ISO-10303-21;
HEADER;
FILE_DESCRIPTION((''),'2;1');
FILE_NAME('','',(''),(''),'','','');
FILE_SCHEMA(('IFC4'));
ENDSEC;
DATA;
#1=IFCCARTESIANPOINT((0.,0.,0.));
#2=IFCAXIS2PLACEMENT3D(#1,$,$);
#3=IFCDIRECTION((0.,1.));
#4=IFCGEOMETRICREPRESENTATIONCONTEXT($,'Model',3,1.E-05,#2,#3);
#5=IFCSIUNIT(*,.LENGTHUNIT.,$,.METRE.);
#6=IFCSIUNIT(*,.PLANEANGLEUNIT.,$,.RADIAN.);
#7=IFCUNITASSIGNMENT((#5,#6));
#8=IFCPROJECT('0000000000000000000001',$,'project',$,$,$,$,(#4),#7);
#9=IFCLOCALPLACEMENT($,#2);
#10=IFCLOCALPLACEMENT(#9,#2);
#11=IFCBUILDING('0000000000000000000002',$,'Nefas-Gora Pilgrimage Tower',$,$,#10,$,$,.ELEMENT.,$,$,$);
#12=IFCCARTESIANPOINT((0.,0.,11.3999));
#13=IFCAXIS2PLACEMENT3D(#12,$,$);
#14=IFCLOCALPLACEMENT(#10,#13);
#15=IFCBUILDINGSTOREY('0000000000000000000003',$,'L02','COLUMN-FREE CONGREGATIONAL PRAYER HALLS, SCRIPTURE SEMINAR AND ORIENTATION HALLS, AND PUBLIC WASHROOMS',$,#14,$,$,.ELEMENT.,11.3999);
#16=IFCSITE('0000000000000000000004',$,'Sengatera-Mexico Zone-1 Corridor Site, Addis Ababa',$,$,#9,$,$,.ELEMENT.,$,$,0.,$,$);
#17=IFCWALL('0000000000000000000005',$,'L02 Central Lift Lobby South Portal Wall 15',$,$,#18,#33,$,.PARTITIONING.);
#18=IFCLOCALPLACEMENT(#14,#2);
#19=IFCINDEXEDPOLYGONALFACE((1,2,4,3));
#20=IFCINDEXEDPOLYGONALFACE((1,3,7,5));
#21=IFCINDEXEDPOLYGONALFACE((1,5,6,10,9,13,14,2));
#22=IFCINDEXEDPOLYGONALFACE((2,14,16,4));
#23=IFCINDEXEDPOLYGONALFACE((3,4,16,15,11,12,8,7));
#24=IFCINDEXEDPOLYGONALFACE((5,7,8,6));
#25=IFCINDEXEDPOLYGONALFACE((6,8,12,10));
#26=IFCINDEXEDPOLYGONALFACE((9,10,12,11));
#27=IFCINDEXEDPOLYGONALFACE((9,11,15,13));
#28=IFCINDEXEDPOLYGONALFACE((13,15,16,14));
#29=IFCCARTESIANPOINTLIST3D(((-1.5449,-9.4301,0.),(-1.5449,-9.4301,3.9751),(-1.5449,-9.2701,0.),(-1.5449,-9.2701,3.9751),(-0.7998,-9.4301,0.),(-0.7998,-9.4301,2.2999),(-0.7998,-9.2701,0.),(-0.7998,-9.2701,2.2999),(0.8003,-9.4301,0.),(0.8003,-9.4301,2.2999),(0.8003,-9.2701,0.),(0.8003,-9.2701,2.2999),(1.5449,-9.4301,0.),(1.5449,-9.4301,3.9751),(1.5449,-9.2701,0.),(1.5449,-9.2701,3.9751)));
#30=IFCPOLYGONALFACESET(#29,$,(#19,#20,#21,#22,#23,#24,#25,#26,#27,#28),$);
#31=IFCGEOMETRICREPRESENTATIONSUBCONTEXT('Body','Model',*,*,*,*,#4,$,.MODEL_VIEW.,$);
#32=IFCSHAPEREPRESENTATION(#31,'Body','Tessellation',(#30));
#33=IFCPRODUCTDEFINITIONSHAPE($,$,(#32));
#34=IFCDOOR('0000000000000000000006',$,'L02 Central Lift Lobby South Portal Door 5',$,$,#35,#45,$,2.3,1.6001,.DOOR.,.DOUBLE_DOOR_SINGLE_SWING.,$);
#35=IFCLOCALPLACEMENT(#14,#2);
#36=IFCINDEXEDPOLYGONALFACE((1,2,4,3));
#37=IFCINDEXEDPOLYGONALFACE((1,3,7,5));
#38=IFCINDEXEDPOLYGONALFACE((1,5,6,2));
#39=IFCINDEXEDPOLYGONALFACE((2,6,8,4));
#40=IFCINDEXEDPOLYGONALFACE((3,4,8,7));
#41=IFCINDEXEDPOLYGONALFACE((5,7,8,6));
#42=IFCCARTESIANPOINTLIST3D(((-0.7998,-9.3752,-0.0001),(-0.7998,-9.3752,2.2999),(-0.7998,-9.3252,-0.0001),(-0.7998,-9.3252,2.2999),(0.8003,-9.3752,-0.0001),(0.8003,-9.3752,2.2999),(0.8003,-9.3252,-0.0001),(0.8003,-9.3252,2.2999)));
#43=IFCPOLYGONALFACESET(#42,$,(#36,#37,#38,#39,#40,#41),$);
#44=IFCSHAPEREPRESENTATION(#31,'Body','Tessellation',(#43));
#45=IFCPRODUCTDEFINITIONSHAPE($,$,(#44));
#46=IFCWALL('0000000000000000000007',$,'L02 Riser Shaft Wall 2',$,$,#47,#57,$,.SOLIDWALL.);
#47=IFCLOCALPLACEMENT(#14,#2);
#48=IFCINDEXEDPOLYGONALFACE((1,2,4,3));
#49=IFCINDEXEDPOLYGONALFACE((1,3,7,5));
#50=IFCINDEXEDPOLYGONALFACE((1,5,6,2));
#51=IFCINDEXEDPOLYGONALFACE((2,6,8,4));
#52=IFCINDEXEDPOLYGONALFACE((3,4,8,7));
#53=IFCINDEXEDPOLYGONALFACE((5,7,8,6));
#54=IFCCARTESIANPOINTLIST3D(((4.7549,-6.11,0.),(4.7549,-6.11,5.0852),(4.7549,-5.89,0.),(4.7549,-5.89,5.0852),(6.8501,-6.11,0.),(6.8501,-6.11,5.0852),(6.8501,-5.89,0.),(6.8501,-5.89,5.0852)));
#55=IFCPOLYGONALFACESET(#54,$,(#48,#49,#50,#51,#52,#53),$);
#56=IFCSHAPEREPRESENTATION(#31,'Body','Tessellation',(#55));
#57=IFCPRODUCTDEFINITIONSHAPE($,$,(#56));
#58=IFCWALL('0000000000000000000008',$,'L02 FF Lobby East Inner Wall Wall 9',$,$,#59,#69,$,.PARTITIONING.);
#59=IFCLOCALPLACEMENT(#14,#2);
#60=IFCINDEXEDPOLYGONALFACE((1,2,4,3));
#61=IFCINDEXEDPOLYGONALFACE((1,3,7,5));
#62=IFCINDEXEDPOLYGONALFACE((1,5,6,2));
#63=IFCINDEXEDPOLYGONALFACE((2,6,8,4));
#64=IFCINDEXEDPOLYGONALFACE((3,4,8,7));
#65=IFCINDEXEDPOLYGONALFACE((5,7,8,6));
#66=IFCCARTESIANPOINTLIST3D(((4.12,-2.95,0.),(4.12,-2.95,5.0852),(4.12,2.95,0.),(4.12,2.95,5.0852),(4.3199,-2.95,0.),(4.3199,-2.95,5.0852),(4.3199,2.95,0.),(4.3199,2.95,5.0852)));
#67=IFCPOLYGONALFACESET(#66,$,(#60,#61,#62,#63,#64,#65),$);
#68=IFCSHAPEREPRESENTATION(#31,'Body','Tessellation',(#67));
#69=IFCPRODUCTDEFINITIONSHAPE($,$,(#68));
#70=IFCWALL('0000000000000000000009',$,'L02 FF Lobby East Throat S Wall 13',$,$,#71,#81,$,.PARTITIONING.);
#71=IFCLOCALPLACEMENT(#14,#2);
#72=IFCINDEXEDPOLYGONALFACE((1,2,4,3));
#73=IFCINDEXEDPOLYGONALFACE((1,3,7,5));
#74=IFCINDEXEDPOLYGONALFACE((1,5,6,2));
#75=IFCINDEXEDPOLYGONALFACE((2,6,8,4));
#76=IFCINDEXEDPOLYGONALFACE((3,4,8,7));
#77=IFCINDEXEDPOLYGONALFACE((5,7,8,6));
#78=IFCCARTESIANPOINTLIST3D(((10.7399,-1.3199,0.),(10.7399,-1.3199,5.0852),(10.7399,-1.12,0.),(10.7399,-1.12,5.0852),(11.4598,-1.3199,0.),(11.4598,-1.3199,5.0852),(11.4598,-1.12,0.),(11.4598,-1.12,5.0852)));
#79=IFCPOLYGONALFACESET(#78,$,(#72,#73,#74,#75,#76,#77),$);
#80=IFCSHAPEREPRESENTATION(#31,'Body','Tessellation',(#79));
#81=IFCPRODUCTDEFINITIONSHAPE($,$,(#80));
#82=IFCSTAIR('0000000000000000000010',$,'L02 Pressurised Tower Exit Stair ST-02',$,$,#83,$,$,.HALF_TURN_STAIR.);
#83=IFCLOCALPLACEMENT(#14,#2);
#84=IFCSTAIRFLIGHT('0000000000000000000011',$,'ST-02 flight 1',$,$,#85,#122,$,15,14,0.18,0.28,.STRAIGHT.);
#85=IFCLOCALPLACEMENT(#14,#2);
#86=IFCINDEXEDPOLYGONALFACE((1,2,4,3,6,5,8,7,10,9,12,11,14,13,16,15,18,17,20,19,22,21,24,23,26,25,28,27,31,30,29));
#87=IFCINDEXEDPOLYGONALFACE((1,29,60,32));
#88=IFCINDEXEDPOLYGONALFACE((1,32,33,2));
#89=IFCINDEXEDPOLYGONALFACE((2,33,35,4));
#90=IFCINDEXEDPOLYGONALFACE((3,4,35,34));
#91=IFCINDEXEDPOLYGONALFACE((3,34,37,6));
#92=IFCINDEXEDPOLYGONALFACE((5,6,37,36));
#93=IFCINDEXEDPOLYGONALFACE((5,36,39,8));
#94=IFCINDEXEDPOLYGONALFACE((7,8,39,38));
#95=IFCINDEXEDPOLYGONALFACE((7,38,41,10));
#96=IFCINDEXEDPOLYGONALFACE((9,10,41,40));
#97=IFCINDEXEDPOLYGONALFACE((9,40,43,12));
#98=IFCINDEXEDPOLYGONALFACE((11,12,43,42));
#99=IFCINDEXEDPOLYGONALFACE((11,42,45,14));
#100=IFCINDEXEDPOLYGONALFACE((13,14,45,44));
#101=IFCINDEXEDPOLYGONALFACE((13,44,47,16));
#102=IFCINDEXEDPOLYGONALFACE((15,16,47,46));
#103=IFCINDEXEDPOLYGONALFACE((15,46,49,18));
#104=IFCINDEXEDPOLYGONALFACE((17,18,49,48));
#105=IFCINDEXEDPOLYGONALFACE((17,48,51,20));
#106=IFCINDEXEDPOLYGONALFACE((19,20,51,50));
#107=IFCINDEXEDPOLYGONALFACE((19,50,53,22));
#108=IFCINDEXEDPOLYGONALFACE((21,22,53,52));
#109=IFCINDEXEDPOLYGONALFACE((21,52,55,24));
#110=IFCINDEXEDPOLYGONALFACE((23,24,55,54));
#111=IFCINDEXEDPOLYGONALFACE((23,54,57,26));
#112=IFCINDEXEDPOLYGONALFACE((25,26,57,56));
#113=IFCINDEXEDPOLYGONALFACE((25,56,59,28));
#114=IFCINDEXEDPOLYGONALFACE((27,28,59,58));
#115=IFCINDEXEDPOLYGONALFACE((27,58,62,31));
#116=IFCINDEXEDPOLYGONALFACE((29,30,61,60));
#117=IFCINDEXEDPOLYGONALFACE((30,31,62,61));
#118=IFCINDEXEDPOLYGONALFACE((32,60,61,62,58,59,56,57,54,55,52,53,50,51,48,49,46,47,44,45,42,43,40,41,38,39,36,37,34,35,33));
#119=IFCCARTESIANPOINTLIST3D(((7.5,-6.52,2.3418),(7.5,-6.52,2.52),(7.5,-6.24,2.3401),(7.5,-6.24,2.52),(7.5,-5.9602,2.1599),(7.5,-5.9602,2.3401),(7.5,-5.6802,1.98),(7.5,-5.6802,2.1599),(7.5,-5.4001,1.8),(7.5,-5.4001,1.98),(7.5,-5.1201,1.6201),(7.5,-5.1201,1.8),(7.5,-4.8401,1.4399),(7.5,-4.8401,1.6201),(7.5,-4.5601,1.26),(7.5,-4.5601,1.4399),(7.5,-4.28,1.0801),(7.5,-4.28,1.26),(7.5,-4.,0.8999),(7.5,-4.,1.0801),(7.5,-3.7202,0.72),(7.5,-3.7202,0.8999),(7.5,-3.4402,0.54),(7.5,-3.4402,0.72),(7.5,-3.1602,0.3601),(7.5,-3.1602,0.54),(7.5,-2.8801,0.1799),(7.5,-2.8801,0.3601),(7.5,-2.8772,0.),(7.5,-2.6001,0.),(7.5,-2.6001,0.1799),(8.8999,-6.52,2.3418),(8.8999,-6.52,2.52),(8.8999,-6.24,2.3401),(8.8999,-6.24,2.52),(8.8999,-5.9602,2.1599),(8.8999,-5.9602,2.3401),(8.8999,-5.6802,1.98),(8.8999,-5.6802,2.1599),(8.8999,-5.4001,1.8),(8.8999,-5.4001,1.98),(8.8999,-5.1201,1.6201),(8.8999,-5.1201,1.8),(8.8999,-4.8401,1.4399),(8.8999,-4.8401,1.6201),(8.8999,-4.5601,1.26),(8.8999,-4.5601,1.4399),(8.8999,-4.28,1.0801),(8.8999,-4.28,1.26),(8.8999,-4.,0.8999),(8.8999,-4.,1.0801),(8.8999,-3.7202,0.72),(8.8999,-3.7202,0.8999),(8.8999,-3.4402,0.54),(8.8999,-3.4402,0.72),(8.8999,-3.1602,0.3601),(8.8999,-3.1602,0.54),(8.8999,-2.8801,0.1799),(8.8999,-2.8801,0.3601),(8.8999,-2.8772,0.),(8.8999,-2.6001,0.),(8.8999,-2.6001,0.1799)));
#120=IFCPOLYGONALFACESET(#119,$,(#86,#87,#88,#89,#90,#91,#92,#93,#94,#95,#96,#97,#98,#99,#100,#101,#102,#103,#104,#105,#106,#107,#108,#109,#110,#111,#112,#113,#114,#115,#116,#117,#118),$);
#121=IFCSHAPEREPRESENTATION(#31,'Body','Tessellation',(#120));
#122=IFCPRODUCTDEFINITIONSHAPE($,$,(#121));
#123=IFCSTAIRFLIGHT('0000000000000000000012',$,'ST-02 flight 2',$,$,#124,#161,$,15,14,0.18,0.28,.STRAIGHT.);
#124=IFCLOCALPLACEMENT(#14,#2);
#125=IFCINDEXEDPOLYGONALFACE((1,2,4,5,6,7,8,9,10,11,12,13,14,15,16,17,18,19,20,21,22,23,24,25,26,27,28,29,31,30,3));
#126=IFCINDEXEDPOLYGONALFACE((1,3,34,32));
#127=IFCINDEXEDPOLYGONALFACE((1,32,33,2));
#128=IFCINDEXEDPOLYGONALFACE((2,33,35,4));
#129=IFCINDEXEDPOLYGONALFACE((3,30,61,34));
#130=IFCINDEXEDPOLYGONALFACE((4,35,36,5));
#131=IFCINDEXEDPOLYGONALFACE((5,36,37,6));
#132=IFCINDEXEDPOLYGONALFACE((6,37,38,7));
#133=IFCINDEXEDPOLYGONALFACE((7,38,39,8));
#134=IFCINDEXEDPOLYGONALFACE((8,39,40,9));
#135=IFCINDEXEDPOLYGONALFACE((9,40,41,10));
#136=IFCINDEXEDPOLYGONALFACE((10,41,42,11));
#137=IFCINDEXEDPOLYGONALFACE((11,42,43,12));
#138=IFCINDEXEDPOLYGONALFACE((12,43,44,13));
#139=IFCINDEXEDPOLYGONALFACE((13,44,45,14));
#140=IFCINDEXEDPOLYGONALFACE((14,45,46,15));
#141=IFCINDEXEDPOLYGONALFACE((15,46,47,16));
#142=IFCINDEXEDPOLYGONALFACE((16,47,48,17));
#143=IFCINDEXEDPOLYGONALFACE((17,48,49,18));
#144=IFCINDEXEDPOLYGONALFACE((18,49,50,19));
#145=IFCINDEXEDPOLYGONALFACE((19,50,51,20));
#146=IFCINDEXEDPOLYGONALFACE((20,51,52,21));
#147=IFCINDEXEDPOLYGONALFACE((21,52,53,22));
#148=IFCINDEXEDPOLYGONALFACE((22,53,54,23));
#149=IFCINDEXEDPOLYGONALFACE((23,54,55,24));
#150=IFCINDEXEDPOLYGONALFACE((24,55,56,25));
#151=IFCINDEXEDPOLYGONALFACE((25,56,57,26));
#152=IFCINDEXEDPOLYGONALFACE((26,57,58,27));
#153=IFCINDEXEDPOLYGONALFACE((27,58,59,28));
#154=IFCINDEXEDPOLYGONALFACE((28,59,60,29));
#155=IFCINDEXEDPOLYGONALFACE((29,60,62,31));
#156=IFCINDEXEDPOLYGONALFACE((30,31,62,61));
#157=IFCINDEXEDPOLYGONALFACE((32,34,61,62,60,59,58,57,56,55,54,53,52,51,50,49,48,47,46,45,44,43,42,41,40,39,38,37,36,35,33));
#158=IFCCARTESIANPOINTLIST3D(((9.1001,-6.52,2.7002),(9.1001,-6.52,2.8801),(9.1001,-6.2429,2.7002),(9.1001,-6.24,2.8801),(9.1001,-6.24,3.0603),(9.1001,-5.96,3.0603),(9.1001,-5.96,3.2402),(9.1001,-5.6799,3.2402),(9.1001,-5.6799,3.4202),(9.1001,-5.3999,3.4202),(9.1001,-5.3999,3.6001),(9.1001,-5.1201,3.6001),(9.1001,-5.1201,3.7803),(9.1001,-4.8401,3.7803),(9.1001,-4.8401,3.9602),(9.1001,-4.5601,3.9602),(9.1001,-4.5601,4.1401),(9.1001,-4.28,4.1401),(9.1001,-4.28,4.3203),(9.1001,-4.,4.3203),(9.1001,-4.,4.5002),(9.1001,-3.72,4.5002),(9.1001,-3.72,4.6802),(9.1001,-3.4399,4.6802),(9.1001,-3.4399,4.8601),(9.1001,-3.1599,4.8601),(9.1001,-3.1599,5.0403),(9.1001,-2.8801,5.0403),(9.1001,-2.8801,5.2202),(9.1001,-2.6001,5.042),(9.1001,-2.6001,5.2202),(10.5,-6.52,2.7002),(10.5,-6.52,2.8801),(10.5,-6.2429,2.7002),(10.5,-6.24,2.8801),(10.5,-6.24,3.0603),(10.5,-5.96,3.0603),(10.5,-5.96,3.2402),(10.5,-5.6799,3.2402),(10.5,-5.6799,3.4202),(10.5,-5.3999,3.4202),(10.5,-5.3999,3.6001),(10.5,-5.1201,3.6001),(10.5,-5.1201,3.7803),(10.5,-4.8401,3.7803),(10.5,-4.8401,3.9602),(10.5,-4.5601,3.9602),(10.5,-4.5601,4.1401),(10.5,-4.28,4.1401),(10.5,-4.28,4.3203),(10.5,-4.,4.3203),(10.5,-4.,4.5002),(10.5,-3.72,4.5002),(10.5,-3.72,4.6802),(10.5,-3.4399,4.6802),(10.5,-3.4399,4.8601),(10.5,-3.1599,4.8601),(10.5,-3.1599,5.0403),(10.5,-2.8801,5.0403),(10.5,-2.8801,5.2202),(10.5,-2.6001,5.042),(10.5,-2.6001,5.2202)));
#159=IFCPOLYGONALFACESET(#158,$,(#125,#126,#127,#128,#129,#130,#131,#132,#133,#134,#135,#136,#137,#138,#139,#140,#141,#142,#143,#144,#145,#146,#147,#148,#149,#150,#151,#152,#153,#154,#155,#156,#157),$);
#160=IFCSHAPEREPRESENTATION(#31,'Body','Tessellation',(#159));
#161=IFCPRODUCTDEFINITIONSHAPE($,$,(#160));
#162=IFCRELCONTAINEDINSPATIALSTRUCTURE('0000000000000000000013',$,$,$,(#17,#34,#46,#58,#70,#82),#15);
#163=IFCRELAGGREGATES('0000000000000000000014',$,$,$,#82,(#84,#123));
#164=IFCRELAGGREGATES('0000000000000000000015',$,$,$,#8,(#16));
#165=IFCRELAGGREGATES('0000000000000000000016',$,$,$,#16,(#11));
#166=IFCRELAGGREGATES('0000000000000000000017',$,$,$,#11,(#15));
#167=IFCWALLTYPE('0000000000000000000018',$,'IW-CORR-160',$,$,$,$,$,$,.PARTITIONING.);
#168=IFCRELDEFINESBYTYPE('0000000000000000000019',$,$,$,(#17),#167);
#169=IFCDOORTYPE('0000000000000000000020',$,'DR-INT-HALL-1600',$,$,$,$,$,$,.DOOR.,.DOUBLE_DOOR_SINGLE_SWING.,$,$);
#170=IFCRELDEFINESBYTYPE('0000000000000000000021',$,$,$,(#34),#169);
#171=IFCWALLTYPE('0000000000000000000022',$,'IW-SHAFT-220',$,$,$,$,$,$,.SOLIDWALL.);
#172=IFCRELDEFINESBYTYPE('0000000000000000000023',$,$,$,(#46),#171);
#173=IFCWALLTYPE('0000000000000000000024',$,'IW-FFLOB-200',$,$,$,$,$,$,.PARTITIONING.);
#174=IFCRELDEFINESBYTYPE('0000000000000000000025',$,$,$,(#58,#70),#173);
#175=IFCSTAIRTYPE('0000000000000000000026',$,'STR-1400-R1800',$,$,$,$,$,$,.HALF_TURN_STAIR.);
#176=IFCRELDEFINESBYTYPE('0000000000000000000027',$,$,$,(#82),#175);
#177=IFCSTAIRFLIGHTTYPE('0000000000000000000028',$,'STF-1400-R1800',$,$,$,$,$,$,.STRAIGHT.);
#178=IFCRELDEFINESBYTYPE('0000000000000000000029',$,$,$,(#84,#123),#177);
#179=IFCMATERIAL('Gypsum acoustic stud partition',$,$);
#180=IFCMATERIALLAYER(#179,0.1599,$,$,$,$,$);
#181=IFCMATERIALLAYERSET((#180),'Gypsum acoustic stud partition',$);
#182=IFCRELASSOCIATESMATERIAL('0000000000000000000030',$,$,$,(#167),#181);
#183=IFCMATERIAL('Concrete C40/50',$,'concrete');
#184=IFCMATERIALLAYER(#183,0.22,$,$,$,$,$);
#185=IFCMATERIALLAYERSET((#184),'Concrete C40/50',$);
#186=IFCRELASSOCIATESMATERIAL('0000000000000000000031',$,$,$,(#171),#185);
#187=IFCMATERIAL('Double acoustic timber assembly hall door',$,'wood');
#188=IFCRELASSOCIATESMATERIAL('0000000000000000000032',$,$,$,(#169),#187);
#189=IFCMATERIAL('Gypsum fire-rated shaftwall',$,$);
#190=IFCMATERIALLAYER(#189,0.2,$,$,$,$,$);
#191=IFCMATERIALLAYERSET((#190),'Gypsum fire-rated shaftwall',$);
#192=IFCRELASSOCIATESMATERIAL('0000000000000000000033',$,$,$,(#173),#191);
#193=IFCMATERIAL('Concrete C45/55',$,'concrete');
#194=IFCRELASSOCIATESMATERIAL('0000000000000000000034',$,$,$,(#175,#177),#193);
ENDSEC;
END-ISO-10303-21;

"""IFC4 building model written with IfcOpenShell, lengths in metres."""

from ifc_helpers import new_model, si_unit, direction, frame, frame_2d, origin, place, context, subcontext, project, spatial, polyline, rectangle, outline, extrude, source, transform, mapped, material, layer, layer_set, type_object, element, fill, aggregate, save


model = new_model("IFC4")

# Units and contexts
model_context = context("Model", 3, precision=1e-05, world=origin(), true_north=direction((0.0, 1.0)))
body_context = subcontext(model_context, "Body", "Model", "MODEL_VIEW")
ifc_project = project(units=[si_unit("LENGTHUNIT", "METRE"), si_unit("PLANEANGLEUNIT", "RADIAN")], contexts=[model_context])

# Site, building, storey
site_placement = place(None, origin())
site = spatial("IfcSite", under=ifc_project, at=site_placement, Name="Sengatera-Mexico Zone-1 Corridor Site, Addis Ababa", CompositionType="ELEMENT", RefElevation=0.0)
building_placement = place(site_placement, origin())
building = spatial("IfcBuilding", under=site, at=building_placement, Name="Nefas-Gora Pilgrimage Tower", CompositionType="ELEMENT")
storey_placement = place(building_placement, frame((0.0, 0.0, 11.3999)))
storey = spatial("IfcBuildingStorey", under=building, at=storey_placement, Name="L02", Description="COLUMN-FREE CONGREGATIONAL PRAYER HALLS, SCRIPTURE SEMINAR AND ORIENTATION HALLS, AND PUBLIC WASHROOMS", CompositionType="ELEMENT", Elevation=11.3999)

# Shared definitions
ifc_material_1 = material(Name="Concrete C45/55", Category="concrete")

# Shared definitions
ifc_material_2 = material(Name="Gypsum acoustic stud partition")
ifc_layer_1 = layer(ifc_material_2, 0.1599)
ifc_layer_set_1 = layer_set([ifc_layer_1], Name="Gypsum acoustic stud partition")
wall_type_1 = type_object("IfcWallType", Name="IW-CORR-160", PredefinedType="PARTITIONING", material=ifc_layer_set_1)

# Shared definitions
ifc_material_3 = material(Name="Concrete C40/50", Category="concrete")
ifc_layer_2 = layer(ifc_material_3, 0.22)
ifc_layer_set_2 = layer_set([ifc_layer_2], Name="Concrete C40/50")
wall_type_2 = type_object("IfcWallType", Name="IW-SHAFT-220", PredefinedType="SOLIDWALL", material=ifc_layer_set_2)

# Wall, opening, door
shared_shape_1 = source(origin(), body_context, "Body", "SweptSolid", [
    extrude(rectangle(XDim=3.0898, YDim=0.1599, at=frame_2d((1.5449, 0.0))), origin(), (0.0, 0.0, 1.0), 3.9751),
])
wall_1_placement = place(storey_placement, frame((-1.5449, -9.3501, 0.0), z_axis=(0.0, 0.0, 1.0), x_axis=(1.0, 0.0, 0.0)))
wall_1 = element("IfcWall", 1, at=wall_1_placement, inside=storey, type_object=wall_type_1, Name="L02 Central Lift Lobby South Portal Wall 15", PredefinedType="PARTITIONING", context=body_context, shape_type="MappedRepresentation", body=[
    mapped(shared_shape_1, transform((0.0, 0.0, 0.0), x_axis=(1.0, 0.0, 0.0), y_axis=(0.0, 1.0, 0.0), z_axis=(0.0, 0.0, 1.0), scale=1.0)),
])
opening_1_placement = place(wall_1_placement, frame((0.7451, 0.0, 0.0)))
opening_1 = element("IfcOpeningElement", 2, at=opening_1_placement, cuts=wall_1, PredefinedType="OPENING", context=body_context, shape_type="SweptSolid", body=[
    extrude(rectangle(XDim=1.6001, YDim=2.3, at=frame_2d((0.8, 1.1499))), frame((0.0, 0.0898, 0.0), z_axis=(0.0, -1.0, 0.0), x_axis=(1.0, 0.0, 0.0)), (0.0, 0.0, 1.0), 0.1799),
])
ifc_material_4 = material(Name="Double acoustic timber assembly hall door", Category="wood")
door_type_1 = type_object("IfcDoorType", Name="DR-INT-HALL-1600", OperationType="DOUBLE_DOOR_SINGLE_SWING", PredefinedType="DOOR", material=ifc_material_4)
shared_shape_2 = source(origin(), body_context, "Body", "SweptSolid", [
    extrude(rectangle(XDim=1.6001, YDim=2.3, at=frame_2d((0.8, 1.1499))), frame((0.0, 0.0249, 0.0), z_axis=(0.0, -1.0, 0.0), x_axis=(1.0, 0.0, 0.0)), (0.0, 0.0, 1.0), 0.05),
])
door_1_placement = place(opening_1_placement, origin())
door_1 = element("IfcDoor", 3, at=door_1_placement, inside=storey, type_object=door_type_1, Name="L02 Central Lift Lobby South Portal Door 5", OperationType="DOUBLE_DOOR_SINGLE_SWING", OverallHeight=2.3, OverallWidth=1.6001, PredefinedType="DOOR", context=body_context, shape_type="MappedRepresentation", body=[
    mapped(shared_shape_2, transform((0.0, 0.0, 0.0), x_axis=(1.0, 0.0, 0.0), y_axis=(0.0, 1.0, 0.0), z_axis=(0.0, 0.0, 1.0), scale=1.0)),
])
fill(opening_1, door_1)

# Walls
shared_shape_3 = source(origin(), body_context, "Body", "SweptSolid", [
    extrude(rectangle(XDim=2.0952, YDim=0.22, at=frame_2d((1.0476, 0.0))), origin(), (0.0, 0.0, 1.0), 5.0852),
])
wall_2_placement = place(storey_placement, frame((4.7549, -6.0, 0.0), z_axis=(0.0, 0.0, 1.0), x_axis=(1.0, 0.0, 0.0)))
element("IfcWall", 4, at=wall_2_placement, inside=storey, type_object=wall_type_2, Name="L02 Riser Shaft Wall 2", PredefinedType="SOLIDWALL", context=body_context, shape_type="MappedRepresentation", body=[
    mapped(shared_shape_3, transform((0.0, 0.0, 0.0), x_axis=(1.0, 0.0, 0.0), y_axis=(0.0, 1.0, 0.0), z_axis=(0.0, 0.0, 1.0), scale=1.0)),
])
ifc_material_5 = material(Name="Gypsum fire-rated shaftwall")
ifc_layer_3 = layer(ifc_material_5, 0.2)
ifc_layer_set_3 = layer_set([ifc_layer_3], Name="Gypsum fire-rated shaftwall")
wall_type_3 = type_object("IfcWallType", Name="IW-FFLOB-200", PredefinedType="PARTITIONING", material=ifc_layer_set_3)
shared_shape_4 = source(origin(), body_context, "Body", "SweptSolid", [
    extrude(rectangle(XDim=5.8999, YDim=0.2, at=frame_2d((2.95, 0.0))), origin(), (0.0, 0.0, 1.0), 5.0852),
])
wall_3_placement = place(storey_placement, frame((4.22, -2.95, 0.0), z_axis=(0.0, 0.0, 1.0), x_axis=(0.0, 1.0, 0.0)))
element("IfcWall", 5, at=wall_3_placement, inside=storey, type_object=wall_type_3, Name="L02 FF Lobby East Inner Wall Wall 9", PredefinedType="PARTITIONING", context=body_context, shape_type="MappedRepresentation", body=[
    mapped(shared_shape_4, transform((0.0, 0.0, 0.0), x_axis=(1.0, 0.0, 0.0), y_axis=(0.0, 1.0, 0.0), z_axis=(0.0, 0.0, 1.0), scale=1.0)),
])
shared_shape_5 = source(origin(), body_context, "Body", "SweptSolid", [
    extrude(rectangle(XDim=0.72, YDim=0.2, at=frame_2d((0.3599, 0.0))), origin(), (0.0, 0.0, 1.0), 5.0852),
])
wall_4_placement = place(storey_placement, frame((10.74, -1.22, 0.0), z_axis=(0.0, 0.0, 1.0), x_axis=(1.0, 0.0, 0.0)))
element("IfcWall", 6, at=wall_4_placement, inside=storey, type_object=wall_type_3, Name="L02 FF Lobby East Throat S Wall 13", PredefinedType="PARTITIONING", context=body_context, shape_type="MappedRepresentation", body=[
    mapped(shared_shape_5, transform((0.0, 0.0, 0.0), x_axis=(1.0, 0.0, 0.0), y_axis=(0.0, 1.0, 0.0), z_axis=(0.0, 0.0, 1.0), scale=1.0)),
])

# Stair, stair flights
stair_type = type_object("IfcStairType", Name="STR-1400-R1800", PredefinedType="HALF_TURN_STAIR", material=ifc_material_1)
stair_placement = place(storey_placement, origin())
stair = element("IfcStair", 7, at=stair_placement, inside=storey, type_object=stair_type, Name="L02 Pressurised Tower Exit Stair ST-02", PredefinedType="HALF_TURN_STAIR")
stair_flight_type = type_object("IfcStairFlightType", Name="STF-1400-R1800", PredefinedType="STRAIGHT", material=ifc_material_1)
shared_shape_6 = source(origin(), body_context, "Body", "SweptSolid", [
    extrude(outline(polyline([(0.0, 0.0), (0.0, 0.1799), (0.28, 0.1799), (0.28, 0.3601), (0.5601, 0.3601), (0.5601, 0.54), (0.8401, 0.54), (0.8401, 0.72), (1.1201, 0.72), (1.1201, 0.8999), (1.3999, 0.8999), (1.3999, 1.0801), (1.6799, 1.0801), (1.6799, 1.26), (1.96, 1.26), (1.96, 1.4399), (2.24, 1.4399), (2.24, 1.6201), (2.52, 1.6201), (2.52, 1.8), (2.8, 1.8), (2.8, 1.98), (3.0801, 1.98), (3.0801, 2.1599), (3.3601, 2.1599), (3.3601, 2.3401), (3.6399, 2.3401), (3.6399, 2.52), (3.9199, 2.52), (3.9199, 2.7), (3.9199, 2.3418), (0.2771, 0.0), (0.0, 0.0)])), frame((0.0, 0.7, 0.0), z_axis=(0.0, -1.0, 0.0), x_axis=(1.0, 0.0, 0.0)), (0.0, 0.0, 1.0), 1.3999),
])
stair_flight_1_placement = place(storey_placement, frame((8.2, -2.6001, 0.0), z_axis=(0.0, 0.0, 1.0), x_axis=(0.0, -1.0, 0.0)))
stair_flight_1 = element("IfcStairFlight", 8, at=stair_flight_1_placement, type_object=stair_flight_type, Name="ST-02 flight 1", NumberOfRisers=15, NumberOfTreads=14, PredefinedType="STRAIGHT", RiserHeight=0.18, TreadLength=0.28, context=body_context, shape_type="MappedRepresentation", body=[
    mapped(shared_shape_6, transform((0.0, 0.0, 0.0), x_axis=(1.0, 0.0, 0.0), y_axis=(0.0, 1.0, 0.0), z_axis=(0.0, 0.0, 1.0), scale=1.0)),
])
stair_flight_2_placement = place(storey_placement, frame((9.8, -6.52, 2.7002), z_axis=(0.0, 0.0, 1.0), x_axis=(0.0, 1.0, 0.0)))
stair_flight_2 = element("IfcStairFlight", 9, at=stair_flight_2_placement, type_object=stair_flight_type, Name="ST-02 flight 2", NumberOfRisers=15, NumberOfTreads=14, PredefinedType="STRAIGHT", RiserHeight=0.18, TreadLength=0.28, context=body_context, shape_type="MappedRepresentation", body=[
    mapped(shared_shape_6, transform((0.0, 0.0, 0.0), x_axis=(1.0, 0.0, 0.0), y_axis=(0.0, 1.0, 0.0), z_axis=(0.0, 0.0, 1.0), scale=1.0)),
])
aggregate(stair, [stair_flight_1, stair_flight_2])

save(model, "model.ifc")
